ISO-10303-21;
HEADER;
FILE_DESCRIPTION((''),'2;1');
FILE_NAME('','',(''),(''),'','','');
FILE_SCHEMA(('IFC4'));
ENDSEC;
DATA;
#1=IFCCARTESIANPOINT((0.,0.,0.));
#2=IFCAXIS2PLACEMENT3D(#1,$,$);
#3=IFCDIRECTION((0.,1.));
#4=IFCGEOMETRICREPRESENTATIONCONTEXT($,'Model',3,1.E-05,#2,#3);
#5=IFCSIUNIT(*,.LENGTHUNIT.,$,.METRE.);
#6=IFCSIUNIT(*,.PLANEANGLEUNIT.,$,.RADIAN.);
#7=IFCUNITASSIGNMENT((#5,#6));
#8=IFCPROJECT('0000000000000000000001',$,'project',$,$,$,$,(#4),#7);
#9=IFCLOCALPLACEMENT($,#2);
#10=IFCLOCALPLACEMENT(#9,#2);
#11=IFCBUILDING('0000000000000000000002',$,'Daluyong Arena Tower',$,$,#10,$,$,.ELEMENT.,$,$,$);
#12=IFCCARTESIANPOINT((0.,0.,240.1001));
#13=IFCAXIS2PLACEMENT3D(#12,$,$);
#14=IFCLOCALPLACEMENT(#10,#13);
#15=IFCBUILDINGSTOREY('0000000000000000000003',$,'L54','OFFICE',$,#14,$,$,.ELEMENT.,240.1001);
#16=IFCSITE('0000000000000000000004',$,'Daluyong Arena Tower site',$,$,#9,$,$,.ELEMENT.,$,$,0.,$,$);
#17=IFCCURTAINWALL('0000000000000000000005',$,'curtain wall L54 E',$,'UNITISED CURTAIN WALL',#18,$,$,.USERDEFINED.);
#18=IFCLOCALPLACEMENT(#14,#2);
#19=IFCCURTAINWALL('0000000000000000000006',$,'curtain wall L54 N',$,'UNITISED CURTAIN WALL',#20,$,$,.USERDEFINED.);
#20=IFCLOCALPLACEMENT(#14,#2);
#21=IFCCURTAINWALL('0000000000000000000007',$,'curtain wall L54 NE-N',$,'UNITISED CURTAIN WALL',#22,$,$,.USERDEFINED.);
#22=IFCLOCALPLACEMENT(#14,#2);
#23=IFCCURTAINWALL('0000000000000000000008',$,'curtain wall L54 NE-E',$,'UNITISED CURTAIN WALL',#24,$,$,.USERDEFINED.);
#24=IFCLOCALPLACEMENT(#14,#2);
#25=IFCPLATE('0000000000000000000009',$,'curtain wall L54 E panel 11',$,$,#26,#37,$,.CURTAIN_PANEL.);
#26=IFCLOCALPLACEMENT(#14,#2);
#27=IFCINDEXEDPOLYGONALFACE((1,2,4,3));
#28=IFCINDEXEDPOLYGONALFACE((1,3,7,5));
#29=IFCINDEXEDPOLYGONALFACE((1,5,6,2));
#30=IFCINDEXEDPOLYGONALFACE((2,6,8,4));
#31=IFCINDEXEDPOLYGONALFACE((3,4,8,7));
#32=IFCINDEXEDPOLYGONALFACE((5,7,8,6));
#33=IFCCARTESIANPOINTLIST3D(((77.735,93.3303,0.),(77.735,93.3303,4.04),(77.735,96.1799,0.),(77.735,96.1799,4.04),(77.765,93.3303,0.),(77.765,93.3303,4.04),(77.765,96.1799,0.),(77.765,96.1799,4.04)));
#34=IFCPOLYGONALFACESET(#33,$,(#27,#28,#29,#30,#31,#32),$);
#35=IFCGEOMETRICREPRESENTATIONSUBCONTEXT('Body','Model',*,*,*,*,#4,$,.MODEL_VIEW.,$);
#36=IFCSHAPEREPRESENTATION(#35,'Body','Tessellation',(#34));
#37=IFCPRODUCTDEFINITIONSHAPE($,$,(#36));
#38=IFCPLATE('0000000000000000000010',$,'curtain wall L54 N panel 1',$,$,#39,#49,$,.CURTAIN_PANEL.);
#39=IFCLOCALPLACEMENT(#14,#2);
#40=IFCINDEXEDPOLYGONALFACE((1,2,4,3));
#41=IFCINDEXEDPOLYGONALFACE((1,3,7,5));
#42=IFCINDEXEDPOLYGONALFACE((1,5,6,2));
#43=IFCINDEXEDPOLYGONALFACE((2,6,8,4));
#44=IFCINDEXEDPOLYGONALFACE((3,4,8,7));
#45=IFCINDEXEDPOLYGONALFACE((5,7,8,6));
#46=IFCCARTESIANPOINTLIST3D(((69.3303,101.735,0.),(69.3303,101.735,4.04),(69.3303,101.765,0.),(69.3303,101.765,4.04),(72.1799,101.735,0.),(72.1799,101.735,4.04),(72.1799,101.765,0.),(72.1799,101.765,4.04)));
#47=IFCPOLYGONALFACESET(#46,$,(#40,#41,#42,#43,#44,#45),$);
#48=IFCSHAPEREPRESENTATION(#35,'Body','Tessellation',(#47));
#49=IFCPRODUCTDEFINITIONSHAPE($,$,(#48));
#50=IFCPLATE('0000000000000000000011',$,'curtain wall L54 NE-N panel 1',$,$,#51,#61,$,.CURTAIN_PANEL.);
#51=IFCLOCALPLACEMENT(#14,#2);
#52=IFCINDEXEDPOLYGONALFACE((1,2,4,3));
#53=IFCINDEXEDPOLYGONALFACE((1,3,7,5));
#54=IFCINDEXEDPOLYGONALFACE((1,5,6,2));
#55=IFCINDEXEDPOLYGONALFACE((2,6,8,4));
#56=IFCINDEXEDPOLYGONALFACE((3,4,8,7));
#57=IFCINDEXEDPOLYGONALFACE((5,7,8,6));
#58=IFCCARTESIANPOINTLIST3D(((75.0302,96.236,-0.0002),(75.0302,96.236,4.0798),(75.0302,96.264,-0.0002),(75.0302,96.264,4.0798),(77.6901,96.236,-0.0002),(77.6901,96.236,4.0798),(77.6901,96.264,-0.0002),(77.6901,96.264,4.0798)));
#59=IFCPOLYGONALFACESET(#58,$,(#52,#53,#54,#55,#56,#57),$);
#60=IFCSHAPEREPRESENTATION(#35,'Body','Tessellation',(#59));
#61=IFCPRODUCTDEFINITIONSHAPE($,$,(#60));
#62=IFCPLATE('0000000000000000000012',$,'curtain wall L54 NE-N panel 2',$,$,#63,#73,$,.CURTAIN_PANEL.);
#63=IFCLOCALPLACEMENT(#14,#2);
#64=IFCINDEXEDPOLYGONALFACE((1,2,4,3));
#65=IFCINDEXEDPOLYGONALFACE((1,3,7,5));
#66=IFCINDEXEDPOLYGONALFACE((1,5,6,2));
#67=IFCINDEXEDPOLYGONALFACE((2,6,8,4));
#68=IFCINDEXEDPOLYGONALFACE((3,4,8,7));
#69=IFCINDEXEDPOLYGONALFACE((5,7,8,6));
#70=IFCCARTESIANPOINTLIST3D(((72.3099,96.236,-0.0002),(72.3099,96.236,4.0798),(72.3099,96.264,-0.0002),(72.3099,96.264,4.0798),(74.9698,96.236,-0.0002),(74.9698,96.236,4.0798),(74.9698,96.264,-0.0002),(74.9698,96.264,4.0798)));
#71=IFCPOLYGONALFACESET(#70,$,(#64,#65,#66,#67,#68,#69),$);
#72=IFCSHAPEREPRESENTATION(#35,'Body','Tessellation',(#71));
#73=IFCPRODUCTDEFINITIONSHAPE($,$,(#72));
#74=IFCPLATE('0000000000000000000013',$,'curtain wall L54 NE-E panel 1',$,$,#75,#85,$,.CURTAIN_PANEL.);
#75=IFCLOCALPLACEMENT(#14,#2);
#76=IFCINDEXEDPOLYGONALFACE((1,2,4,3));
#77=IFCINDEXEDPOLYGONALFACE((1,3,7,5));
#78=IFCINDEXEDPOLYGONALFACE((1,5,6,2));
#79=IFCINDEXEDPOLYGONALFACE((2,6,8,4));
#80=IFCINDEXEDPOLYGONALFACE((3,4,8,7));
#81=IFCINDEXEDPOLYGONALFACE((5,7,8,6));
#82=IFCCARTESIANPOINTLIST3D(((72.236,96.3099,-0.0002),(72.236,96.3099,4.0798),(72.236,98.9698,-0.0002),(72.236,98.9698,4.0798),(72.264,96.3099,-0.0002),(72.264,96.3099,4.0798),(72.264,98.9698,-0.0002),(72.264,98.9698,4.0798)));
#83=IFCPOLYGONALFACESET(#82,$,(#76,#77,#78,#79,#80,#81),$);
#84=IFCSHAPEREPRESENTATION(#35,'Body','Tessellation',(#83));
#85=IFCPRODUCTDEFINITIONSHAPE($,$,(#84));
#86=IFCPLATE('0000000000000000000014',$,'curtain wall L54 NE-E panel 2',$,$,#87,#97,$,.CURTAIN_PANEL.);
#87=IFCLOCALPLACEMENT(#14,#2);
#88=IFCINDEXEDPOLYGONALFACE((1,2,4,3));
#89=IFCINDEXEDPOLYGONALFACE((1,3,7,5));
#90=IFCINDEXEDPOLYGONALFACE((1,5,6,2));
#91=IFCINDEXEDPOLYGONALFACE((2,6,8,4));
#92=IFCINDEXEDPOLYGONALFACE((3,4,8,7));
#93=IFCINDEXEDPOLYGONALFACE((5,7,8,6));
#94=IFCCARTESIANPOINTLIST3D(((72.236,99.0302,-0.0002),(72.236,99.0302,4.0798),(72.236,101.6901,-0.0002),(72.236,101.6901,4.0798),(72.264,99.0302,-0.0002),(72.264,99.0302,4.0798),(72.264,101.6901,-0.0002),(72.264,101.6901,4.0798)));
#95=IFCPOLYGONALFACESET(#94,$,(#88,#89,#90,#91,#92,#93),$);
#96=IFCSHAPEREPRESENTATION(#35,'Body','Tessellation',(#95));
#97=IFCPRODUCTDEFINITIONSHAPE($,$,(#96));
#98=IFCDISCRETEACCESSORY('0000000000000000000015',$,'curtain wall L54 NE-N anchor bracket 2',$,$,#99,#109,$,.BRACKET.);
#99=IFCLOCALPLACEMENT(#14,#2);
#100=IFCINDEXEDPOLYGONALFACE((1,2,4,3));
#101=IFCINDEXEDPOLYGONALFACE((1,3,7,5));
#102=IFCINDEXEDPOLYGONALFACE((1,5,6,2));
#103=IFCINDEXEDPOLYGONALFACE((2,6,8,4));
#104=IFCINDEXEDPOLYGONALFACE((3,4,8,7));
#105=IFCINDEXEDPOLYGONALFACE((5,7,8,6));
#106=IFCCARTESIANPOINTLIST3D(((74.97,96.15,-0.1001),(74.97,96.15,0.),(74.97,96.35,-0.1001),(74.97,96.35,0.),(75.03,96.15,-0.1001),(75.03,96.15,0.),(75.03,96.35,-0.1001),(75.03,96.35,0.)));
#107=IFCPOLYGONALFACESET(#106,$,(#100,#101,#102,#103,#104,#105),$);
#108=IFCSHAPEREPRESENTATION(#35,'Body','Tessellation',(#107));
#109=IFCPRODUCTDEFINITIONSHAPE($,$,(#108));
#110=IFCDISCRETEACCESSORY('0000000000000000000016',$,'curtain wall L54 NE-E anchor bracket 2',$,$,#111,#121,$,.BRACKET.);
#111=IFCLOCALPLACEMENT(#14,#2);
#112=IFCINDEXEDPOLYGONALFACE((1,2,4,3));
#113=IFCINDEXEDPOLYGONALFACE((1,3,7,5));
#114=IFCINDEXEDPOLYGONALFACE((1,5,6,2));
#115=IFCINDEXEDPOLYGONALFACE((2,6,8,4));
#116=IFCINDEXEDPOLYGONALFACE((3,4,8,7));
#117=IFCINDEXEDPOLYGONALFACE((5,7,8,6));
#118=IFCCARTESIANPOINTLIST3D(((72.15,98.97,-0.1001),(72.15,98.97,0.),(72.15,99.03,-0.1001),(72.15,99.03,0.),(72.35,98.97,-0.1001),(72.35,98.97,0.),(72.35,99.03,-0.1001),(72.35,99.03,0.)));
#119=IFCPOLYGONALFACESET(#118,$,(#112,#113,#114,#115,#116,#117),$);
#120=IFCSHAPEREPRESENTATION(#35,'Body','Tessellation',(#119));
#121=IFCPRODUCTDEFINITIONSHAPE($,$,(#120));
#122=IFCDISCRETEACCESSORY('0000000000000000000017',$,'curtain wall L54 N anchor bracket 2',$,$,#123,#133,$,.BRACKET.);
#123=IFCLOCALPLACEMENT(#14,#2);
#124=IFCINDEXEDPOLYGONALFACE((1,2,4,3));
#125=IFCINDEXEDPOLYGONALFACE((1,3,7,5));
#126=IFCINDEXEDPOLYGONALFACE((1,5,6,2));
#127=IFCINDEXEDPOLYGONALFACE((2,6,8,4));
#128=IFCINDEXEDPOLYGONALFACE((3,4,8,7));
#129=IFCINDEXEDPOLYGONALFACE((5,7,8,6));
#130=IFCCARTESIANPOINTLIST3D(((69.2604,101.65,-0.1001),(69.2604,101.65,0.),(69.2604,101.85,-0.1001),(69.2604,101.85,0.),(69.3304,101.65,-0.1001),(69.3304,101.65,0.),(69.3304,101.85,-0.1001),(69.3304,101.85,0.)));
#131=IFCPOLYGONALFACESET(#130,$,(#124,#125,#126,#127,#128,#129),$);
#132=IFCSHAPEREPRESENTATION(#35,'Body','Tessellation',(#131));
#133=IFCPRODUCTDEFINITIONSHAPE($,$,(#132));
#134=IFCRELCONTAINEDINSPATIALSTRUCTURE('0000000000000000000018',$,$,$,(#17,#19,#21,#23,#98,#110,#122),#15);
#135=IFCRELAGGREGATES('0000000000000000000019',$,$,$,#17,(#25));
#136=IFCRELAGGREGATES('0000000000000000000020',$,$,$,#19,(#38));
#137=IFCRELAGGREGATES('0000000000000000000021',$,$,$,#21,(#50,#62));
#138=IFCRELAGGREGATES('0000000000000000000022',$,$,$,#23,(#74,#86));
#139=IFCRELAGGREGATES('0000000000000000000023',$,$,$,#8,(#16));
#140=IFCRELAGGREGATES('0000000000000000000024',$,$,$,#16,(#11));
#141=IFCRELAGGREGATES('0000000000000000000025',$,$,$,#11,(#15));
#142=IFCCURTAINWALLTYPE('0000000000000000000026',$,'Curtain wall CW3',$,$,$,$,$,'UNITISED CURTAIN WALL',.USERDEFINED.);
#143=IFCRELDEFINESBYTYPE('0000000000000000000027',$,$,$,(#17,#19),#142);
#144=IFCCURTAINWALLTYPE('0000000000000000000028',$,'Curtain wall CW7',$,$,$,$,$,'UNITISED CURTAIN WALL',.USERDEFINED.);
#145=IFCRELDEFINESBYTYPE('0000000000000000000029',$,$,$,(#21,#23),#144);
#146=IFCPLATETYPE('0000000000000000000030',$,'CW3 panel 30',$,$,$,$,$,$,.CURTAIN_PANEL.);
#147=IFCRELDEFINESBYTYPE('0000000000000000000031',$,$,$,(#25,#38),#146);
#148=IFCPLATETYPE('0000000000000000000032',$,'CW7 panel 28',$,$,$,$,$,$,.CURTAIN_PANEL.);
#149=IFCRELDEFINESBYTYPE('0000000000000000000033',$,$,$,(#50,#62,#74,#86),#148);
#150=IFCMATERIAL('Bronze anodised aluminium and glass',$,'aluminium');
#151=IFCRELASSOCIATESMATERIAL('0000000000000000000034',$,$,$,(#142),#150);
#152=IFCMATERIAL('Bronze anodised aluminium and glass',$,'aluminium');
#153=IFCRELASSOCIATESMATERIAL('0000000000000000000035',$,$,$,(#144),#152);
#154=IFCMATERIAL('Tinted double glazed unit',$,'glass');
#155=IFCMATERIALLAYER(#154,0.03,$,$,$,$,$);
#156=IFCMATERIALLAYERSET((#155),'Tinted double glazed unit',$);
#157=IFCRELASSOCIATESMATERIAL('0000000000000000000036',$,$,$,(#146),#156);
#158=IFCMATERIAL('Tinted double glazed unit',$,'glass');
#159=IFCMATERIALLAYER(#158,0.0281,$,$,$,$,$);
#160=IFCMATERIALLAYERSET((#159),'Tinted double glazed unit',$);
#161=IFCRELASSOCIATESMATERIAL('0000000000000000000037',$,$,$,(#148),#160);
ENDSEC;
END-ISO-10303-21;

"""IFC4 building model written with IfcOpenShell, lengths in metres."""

from ifc_helpers import new_model, si_unit, direction, frame, origin, origin_2d, place, context, subcontext, project, spatial, rectangle, extrude, material, layer, layer_set, type_object, element, aggregate, save


model = new_model("IFC4")

# Units and contexts
model_context = context("Model", 3, precision=1e-05, world=origin(), true_north=direction((0.0, 1.0)))
body_context = subcontext(model_context, "Body", "Model", "MODEL_VIEW")
ifc_project = project(units=[si_unit("LENGTHUNIT", "METRE"), si_unit("PLANEANGLEUNIT", "RADIAN")], contexts=[model_context])

# Site, building, storey
site_placement = place(None, origin())
site = spatial("IfcSite", under=ifc_project, at=site_placement, Name="Daluyong Arena Tower site", CompositionType="ELEMENT", RefElevation=0.0)
building_placement = place(site_placement, origin())
building = spatial("IfcBuilding", under=site, at=building_placement, Name="Daluyong Arena Tower", CompositionType="ELEMENT")
storey_placement = place(building_placement, frame((0.0, 0.0, 240.1001)))
storey = spatial("IfcBuildingStorey", under=building, at=storey_placement, Name="L54", Description="OFFICE", CompositionType="ELEMENT", Elevation=240.1001)

# Curtain wall
ifc_material_1 = material(Name="Bronze anodised aluminium and glass", Category="aluminium")
curtain_wall_type_1 = type_object("IfcCurtainWallType", Name="Curtain wall CW3", ElementType="UNITISED CURTAIN WALL", PredefinedType="USERDEFINED", material=ifc_material_1)
curtain_wall_1_placement = place(storey_placement, origin())
curtain_wall_1 = element("IfcCurtainWall", 1, at=curtain_wall_1_placement, inside=storey, type_object=curtain_wall_type_1, Name="curtain wall L54 E", ObjectType="UNITISED CURTAIN WALL", PredefinedType="USERDEFINED")

# Curtain walls
curtain_wall_2_placement = place(storey_placement, origin())
curtain_wall_2 = element("IfcCurtainWall", 2, at=curtain_wall_2_placement, inside=storey, type_object=curtain_wall_type_1, Name="curtain wall L54 N", ObjectType="UNITISED CURTAIN WALL", PredefinedType="USERDEFINED")
ifc_material_2 = material(Name="Bronze anodised aluminium and glass", Category="aluminium")
curtain_wall_type_2 = type_object("IfcCurtainWallType", Name="Curtain wall CW7", ElementType="UNITISED CURTAIN WALL", PredefinedType="USERDEFINED", material=ifc_material_2)
curtain_wall_3_placement = place(storey_placement, origin())
curtain_wall_3 = element("IfcCurtainWall", 3, at=curtain_wall_3_placement, inside=storey, type_object=curtain_wall_type_2, Name="curtain wall L54 NE-N", ObjectType="UNITISED CURTAIN WALL", PredefinedType="USERDEFINED")
curtain_wall_4_placement = place(storey_placement, origin())
curtain_wall_4 = element("IfcCurtainWall", 4, at=curtain_wall_4_placement, inside=storey, type_object=curtain_wall_type_2, Name="curtain wall L54 NE-E", ObjectType="UNITISED CURTAIN WALL", PredefinedType="USERDEFINED")

# Plates
ifc_material_3 = material(Name="Tinted double glazed unit", Category="glass")
ifc_layer_1 = layer(ifc_material_3, 0.03)
ifc_layer_set_1 = layer_set([ifc_layer_1], Name="Tinted double glazed unit")
plate_type_1 = type_object("IfcPlateType", Name="CW3 panel 30", PredefinedType="CURTAIN_PANEL", material=ifc_layer_set_1)
plate_1_placement = place(storey_placement, frame((77.75, 94.7551, 0.0), z_axis=(0.0, 0.0, 1.0), x_axis=(0.0, 1.0, 0.0)))
plate_1 = element("IfcPlate", 5, at=plate_1_placement, type_object=plate_type_1, Name="curtain wall L54 E panel 11", PredefinedType="CURTAIN_PANEL", context=body_context, shape_type="SweptSolid", body=[
    extrude(rectangle(XDim=2.8496, YDim=0.03, at=origin_2d()), origin(), (0.0, 0.0, 1.0), 4.04),
])
aggregate(curtain_wall_1, [plate_1])
plate_2_placement = place(storey_placement, frame((70.7551, 101.75, 0.0), z_axis=(0.0, 0.0, 1.0), x_axis=(-1.0, 0.0, 0.0)))
plate_2 = element("IfcPlate", 6, at=plate_2_placement, type_object=plate_type_1, Name="curtain wall L54 N panel 1", PredefinedType="CURTAIN_PANEL", context=body_context, shape_type="SweptSolid", body=[
    extrude(rectangle(XDim=2.8496, YDim=0.03, at=origin_2d()), origin(), (0.0, 0.0, 1.0), 4.04),
])
aggregate(curtain_wall_2, [plate_2])
ifc_material_4 = material(Name="Tinted double glazed unit", Category="glass")
ifc_layer_2 = layer(ifc_material_4, 0.0281)
ifc_layer_set_2 = layer_set([ifc_layer_2], Name="Tinted double glazed unit")
plate_type_2 = type_object("IfcPlateType", Name="CW7 panel 28", PredefinedType="CURTAIN_PANEL", material=ifc_layer_set_2)
plate_3_placement = place(storey_placement, frame((76.3601, 96.25, -0.0002), z_axis=(0.0, 0.0, 1.0), x_axis=(-1.0, 0.0, 0.0)))
plate_3 = element("IfcPlate", 7, at=plate_3_placement, type_object=plate_type_2, Name="curtain wall L54 NE-N panel 1", PredefinedType="CURTAIN_PANEL", context=body_context, shape_type="SweptSolid", body=[
    extrude(rectangle(XDim=2.6599, YDim=0.0281, at=origin_2d()), origin(), (0.0, 0.0, 1.0), 4.0801),
])
plate_4_placement = place(storey_placement, frame((73.6399, 96.25, -0.0002), z_axis=(0.0, 0.0, 1.0), x_axis=(-1.0, 0.0, 0.0)))
plate_4 = element("IfcPlate", 8, at=plate_4_placement, type_object=plate_type_2, Name="curtain wall L54 NE-N panel 2", PredefinedType="CURTAIN_PANEL", context=body_context, shape_type="SweptSolid", body=[
    extrude(rectangle(XDim=2.6599, YDim=0.0281, at=origin_2d()), origin(), (0.0, 0.0, 1.0), 4.0801),
])
aggregate(curtain_wall_3, [plate_3, plate_4])
plate_5_placement = place(storey_placement, frame((72.25, 97.6399, -0.0002), z_axis=(0.0, 0.0, 1.0), x_axis=(0.0, 1.0, 0.0)))
plate_5 = element("IfcPlate", 9, at=plate_5_placement, type_object=plate_type_2, Name="curtain wall L54 NE-E panel 1", PredefinedType="CURTAIN_PANEL", context=body_context, shape_type="SweptSolid", body=[
    extrude(rectangle(XDim=2.6599, YDim=0.0281, at=origin_2d()), origin(), (0.0, 0.0, 1.0), 4.0801),
])
plate_6_placement = place(storey_placement, frame((72.25, 100.3601, -0.0002), z_axis=(0.0, 0.0, 1.0), x_axis=(0.0, 1.0, 0.0)))
plate_6 = element("IfcPlate", 10, at=plate_6_placement, type_object=plate_type_2, Name="curtain wall L54 NE-E panel 2", PredefinedType="CURTAIN_PANEL", context=body_context, shape_type="SweptSolid", body=[
    extrude(rectangle(XDim=2.6599, YDim=0.0281, at=origin_2d()), origin(), (0.0, 0.0, 1.0), 4.0801),
])
aggregate(curtain_wall_4, [plate_5, plate_6])

# Discrete accessories
for number, where, z_axis, x_axis, name in (
    (11, (75.0, 96.25, -0.1001), (0.0, 0.0, 1.0), (-1.0, 0.0, 0.0), "curtain wall L54 NE-N anchor bracket 2"),
    (12, (72.25, 99.0, -0.1001), (0.0, 0.0, 1.0), (0.0, 1.0, 0.0), "curtain wall L54 NE-E anchor bracket 2"),
):
    element("IfcDiscreteAccessory", number, at=place(storey_placement, frame(where, z_axis=z_axis, x_axis=x_axis)), inside=storey, Name=name, PredefinedType="BRACKET", context=body_context, shape_type="SweptSolid", body=[
        extrude(rectangle(XDim=0.0601, YDim=0.2, at=origin_2d()), origin(), (0.0, 0.0, 1.0), 0.1001),
    ])
discrete_accessory_placement = place(storey_placement, frame((69.2954, 101.75, -0.1001), z_axis=(0.0, 0.0, 1.0), x_axis=(-1.0, 0.0, 0.0)))
element("IfcDiscreteAccessory", 13, at=discrete_accessory_placement, inside=storey, Name="curtain wall L54 N anchor bracket 2", PredefinedType="BRACKET", context=body_context, shape_type="SweptSolid", body=[
    extrude(rectangle(XDim=0.0701, YDim=0.2, at=origin_2d()), origin(), (0.0, 0.0, 1.0), 0.1001),
])

save(model, "model.ifc")
